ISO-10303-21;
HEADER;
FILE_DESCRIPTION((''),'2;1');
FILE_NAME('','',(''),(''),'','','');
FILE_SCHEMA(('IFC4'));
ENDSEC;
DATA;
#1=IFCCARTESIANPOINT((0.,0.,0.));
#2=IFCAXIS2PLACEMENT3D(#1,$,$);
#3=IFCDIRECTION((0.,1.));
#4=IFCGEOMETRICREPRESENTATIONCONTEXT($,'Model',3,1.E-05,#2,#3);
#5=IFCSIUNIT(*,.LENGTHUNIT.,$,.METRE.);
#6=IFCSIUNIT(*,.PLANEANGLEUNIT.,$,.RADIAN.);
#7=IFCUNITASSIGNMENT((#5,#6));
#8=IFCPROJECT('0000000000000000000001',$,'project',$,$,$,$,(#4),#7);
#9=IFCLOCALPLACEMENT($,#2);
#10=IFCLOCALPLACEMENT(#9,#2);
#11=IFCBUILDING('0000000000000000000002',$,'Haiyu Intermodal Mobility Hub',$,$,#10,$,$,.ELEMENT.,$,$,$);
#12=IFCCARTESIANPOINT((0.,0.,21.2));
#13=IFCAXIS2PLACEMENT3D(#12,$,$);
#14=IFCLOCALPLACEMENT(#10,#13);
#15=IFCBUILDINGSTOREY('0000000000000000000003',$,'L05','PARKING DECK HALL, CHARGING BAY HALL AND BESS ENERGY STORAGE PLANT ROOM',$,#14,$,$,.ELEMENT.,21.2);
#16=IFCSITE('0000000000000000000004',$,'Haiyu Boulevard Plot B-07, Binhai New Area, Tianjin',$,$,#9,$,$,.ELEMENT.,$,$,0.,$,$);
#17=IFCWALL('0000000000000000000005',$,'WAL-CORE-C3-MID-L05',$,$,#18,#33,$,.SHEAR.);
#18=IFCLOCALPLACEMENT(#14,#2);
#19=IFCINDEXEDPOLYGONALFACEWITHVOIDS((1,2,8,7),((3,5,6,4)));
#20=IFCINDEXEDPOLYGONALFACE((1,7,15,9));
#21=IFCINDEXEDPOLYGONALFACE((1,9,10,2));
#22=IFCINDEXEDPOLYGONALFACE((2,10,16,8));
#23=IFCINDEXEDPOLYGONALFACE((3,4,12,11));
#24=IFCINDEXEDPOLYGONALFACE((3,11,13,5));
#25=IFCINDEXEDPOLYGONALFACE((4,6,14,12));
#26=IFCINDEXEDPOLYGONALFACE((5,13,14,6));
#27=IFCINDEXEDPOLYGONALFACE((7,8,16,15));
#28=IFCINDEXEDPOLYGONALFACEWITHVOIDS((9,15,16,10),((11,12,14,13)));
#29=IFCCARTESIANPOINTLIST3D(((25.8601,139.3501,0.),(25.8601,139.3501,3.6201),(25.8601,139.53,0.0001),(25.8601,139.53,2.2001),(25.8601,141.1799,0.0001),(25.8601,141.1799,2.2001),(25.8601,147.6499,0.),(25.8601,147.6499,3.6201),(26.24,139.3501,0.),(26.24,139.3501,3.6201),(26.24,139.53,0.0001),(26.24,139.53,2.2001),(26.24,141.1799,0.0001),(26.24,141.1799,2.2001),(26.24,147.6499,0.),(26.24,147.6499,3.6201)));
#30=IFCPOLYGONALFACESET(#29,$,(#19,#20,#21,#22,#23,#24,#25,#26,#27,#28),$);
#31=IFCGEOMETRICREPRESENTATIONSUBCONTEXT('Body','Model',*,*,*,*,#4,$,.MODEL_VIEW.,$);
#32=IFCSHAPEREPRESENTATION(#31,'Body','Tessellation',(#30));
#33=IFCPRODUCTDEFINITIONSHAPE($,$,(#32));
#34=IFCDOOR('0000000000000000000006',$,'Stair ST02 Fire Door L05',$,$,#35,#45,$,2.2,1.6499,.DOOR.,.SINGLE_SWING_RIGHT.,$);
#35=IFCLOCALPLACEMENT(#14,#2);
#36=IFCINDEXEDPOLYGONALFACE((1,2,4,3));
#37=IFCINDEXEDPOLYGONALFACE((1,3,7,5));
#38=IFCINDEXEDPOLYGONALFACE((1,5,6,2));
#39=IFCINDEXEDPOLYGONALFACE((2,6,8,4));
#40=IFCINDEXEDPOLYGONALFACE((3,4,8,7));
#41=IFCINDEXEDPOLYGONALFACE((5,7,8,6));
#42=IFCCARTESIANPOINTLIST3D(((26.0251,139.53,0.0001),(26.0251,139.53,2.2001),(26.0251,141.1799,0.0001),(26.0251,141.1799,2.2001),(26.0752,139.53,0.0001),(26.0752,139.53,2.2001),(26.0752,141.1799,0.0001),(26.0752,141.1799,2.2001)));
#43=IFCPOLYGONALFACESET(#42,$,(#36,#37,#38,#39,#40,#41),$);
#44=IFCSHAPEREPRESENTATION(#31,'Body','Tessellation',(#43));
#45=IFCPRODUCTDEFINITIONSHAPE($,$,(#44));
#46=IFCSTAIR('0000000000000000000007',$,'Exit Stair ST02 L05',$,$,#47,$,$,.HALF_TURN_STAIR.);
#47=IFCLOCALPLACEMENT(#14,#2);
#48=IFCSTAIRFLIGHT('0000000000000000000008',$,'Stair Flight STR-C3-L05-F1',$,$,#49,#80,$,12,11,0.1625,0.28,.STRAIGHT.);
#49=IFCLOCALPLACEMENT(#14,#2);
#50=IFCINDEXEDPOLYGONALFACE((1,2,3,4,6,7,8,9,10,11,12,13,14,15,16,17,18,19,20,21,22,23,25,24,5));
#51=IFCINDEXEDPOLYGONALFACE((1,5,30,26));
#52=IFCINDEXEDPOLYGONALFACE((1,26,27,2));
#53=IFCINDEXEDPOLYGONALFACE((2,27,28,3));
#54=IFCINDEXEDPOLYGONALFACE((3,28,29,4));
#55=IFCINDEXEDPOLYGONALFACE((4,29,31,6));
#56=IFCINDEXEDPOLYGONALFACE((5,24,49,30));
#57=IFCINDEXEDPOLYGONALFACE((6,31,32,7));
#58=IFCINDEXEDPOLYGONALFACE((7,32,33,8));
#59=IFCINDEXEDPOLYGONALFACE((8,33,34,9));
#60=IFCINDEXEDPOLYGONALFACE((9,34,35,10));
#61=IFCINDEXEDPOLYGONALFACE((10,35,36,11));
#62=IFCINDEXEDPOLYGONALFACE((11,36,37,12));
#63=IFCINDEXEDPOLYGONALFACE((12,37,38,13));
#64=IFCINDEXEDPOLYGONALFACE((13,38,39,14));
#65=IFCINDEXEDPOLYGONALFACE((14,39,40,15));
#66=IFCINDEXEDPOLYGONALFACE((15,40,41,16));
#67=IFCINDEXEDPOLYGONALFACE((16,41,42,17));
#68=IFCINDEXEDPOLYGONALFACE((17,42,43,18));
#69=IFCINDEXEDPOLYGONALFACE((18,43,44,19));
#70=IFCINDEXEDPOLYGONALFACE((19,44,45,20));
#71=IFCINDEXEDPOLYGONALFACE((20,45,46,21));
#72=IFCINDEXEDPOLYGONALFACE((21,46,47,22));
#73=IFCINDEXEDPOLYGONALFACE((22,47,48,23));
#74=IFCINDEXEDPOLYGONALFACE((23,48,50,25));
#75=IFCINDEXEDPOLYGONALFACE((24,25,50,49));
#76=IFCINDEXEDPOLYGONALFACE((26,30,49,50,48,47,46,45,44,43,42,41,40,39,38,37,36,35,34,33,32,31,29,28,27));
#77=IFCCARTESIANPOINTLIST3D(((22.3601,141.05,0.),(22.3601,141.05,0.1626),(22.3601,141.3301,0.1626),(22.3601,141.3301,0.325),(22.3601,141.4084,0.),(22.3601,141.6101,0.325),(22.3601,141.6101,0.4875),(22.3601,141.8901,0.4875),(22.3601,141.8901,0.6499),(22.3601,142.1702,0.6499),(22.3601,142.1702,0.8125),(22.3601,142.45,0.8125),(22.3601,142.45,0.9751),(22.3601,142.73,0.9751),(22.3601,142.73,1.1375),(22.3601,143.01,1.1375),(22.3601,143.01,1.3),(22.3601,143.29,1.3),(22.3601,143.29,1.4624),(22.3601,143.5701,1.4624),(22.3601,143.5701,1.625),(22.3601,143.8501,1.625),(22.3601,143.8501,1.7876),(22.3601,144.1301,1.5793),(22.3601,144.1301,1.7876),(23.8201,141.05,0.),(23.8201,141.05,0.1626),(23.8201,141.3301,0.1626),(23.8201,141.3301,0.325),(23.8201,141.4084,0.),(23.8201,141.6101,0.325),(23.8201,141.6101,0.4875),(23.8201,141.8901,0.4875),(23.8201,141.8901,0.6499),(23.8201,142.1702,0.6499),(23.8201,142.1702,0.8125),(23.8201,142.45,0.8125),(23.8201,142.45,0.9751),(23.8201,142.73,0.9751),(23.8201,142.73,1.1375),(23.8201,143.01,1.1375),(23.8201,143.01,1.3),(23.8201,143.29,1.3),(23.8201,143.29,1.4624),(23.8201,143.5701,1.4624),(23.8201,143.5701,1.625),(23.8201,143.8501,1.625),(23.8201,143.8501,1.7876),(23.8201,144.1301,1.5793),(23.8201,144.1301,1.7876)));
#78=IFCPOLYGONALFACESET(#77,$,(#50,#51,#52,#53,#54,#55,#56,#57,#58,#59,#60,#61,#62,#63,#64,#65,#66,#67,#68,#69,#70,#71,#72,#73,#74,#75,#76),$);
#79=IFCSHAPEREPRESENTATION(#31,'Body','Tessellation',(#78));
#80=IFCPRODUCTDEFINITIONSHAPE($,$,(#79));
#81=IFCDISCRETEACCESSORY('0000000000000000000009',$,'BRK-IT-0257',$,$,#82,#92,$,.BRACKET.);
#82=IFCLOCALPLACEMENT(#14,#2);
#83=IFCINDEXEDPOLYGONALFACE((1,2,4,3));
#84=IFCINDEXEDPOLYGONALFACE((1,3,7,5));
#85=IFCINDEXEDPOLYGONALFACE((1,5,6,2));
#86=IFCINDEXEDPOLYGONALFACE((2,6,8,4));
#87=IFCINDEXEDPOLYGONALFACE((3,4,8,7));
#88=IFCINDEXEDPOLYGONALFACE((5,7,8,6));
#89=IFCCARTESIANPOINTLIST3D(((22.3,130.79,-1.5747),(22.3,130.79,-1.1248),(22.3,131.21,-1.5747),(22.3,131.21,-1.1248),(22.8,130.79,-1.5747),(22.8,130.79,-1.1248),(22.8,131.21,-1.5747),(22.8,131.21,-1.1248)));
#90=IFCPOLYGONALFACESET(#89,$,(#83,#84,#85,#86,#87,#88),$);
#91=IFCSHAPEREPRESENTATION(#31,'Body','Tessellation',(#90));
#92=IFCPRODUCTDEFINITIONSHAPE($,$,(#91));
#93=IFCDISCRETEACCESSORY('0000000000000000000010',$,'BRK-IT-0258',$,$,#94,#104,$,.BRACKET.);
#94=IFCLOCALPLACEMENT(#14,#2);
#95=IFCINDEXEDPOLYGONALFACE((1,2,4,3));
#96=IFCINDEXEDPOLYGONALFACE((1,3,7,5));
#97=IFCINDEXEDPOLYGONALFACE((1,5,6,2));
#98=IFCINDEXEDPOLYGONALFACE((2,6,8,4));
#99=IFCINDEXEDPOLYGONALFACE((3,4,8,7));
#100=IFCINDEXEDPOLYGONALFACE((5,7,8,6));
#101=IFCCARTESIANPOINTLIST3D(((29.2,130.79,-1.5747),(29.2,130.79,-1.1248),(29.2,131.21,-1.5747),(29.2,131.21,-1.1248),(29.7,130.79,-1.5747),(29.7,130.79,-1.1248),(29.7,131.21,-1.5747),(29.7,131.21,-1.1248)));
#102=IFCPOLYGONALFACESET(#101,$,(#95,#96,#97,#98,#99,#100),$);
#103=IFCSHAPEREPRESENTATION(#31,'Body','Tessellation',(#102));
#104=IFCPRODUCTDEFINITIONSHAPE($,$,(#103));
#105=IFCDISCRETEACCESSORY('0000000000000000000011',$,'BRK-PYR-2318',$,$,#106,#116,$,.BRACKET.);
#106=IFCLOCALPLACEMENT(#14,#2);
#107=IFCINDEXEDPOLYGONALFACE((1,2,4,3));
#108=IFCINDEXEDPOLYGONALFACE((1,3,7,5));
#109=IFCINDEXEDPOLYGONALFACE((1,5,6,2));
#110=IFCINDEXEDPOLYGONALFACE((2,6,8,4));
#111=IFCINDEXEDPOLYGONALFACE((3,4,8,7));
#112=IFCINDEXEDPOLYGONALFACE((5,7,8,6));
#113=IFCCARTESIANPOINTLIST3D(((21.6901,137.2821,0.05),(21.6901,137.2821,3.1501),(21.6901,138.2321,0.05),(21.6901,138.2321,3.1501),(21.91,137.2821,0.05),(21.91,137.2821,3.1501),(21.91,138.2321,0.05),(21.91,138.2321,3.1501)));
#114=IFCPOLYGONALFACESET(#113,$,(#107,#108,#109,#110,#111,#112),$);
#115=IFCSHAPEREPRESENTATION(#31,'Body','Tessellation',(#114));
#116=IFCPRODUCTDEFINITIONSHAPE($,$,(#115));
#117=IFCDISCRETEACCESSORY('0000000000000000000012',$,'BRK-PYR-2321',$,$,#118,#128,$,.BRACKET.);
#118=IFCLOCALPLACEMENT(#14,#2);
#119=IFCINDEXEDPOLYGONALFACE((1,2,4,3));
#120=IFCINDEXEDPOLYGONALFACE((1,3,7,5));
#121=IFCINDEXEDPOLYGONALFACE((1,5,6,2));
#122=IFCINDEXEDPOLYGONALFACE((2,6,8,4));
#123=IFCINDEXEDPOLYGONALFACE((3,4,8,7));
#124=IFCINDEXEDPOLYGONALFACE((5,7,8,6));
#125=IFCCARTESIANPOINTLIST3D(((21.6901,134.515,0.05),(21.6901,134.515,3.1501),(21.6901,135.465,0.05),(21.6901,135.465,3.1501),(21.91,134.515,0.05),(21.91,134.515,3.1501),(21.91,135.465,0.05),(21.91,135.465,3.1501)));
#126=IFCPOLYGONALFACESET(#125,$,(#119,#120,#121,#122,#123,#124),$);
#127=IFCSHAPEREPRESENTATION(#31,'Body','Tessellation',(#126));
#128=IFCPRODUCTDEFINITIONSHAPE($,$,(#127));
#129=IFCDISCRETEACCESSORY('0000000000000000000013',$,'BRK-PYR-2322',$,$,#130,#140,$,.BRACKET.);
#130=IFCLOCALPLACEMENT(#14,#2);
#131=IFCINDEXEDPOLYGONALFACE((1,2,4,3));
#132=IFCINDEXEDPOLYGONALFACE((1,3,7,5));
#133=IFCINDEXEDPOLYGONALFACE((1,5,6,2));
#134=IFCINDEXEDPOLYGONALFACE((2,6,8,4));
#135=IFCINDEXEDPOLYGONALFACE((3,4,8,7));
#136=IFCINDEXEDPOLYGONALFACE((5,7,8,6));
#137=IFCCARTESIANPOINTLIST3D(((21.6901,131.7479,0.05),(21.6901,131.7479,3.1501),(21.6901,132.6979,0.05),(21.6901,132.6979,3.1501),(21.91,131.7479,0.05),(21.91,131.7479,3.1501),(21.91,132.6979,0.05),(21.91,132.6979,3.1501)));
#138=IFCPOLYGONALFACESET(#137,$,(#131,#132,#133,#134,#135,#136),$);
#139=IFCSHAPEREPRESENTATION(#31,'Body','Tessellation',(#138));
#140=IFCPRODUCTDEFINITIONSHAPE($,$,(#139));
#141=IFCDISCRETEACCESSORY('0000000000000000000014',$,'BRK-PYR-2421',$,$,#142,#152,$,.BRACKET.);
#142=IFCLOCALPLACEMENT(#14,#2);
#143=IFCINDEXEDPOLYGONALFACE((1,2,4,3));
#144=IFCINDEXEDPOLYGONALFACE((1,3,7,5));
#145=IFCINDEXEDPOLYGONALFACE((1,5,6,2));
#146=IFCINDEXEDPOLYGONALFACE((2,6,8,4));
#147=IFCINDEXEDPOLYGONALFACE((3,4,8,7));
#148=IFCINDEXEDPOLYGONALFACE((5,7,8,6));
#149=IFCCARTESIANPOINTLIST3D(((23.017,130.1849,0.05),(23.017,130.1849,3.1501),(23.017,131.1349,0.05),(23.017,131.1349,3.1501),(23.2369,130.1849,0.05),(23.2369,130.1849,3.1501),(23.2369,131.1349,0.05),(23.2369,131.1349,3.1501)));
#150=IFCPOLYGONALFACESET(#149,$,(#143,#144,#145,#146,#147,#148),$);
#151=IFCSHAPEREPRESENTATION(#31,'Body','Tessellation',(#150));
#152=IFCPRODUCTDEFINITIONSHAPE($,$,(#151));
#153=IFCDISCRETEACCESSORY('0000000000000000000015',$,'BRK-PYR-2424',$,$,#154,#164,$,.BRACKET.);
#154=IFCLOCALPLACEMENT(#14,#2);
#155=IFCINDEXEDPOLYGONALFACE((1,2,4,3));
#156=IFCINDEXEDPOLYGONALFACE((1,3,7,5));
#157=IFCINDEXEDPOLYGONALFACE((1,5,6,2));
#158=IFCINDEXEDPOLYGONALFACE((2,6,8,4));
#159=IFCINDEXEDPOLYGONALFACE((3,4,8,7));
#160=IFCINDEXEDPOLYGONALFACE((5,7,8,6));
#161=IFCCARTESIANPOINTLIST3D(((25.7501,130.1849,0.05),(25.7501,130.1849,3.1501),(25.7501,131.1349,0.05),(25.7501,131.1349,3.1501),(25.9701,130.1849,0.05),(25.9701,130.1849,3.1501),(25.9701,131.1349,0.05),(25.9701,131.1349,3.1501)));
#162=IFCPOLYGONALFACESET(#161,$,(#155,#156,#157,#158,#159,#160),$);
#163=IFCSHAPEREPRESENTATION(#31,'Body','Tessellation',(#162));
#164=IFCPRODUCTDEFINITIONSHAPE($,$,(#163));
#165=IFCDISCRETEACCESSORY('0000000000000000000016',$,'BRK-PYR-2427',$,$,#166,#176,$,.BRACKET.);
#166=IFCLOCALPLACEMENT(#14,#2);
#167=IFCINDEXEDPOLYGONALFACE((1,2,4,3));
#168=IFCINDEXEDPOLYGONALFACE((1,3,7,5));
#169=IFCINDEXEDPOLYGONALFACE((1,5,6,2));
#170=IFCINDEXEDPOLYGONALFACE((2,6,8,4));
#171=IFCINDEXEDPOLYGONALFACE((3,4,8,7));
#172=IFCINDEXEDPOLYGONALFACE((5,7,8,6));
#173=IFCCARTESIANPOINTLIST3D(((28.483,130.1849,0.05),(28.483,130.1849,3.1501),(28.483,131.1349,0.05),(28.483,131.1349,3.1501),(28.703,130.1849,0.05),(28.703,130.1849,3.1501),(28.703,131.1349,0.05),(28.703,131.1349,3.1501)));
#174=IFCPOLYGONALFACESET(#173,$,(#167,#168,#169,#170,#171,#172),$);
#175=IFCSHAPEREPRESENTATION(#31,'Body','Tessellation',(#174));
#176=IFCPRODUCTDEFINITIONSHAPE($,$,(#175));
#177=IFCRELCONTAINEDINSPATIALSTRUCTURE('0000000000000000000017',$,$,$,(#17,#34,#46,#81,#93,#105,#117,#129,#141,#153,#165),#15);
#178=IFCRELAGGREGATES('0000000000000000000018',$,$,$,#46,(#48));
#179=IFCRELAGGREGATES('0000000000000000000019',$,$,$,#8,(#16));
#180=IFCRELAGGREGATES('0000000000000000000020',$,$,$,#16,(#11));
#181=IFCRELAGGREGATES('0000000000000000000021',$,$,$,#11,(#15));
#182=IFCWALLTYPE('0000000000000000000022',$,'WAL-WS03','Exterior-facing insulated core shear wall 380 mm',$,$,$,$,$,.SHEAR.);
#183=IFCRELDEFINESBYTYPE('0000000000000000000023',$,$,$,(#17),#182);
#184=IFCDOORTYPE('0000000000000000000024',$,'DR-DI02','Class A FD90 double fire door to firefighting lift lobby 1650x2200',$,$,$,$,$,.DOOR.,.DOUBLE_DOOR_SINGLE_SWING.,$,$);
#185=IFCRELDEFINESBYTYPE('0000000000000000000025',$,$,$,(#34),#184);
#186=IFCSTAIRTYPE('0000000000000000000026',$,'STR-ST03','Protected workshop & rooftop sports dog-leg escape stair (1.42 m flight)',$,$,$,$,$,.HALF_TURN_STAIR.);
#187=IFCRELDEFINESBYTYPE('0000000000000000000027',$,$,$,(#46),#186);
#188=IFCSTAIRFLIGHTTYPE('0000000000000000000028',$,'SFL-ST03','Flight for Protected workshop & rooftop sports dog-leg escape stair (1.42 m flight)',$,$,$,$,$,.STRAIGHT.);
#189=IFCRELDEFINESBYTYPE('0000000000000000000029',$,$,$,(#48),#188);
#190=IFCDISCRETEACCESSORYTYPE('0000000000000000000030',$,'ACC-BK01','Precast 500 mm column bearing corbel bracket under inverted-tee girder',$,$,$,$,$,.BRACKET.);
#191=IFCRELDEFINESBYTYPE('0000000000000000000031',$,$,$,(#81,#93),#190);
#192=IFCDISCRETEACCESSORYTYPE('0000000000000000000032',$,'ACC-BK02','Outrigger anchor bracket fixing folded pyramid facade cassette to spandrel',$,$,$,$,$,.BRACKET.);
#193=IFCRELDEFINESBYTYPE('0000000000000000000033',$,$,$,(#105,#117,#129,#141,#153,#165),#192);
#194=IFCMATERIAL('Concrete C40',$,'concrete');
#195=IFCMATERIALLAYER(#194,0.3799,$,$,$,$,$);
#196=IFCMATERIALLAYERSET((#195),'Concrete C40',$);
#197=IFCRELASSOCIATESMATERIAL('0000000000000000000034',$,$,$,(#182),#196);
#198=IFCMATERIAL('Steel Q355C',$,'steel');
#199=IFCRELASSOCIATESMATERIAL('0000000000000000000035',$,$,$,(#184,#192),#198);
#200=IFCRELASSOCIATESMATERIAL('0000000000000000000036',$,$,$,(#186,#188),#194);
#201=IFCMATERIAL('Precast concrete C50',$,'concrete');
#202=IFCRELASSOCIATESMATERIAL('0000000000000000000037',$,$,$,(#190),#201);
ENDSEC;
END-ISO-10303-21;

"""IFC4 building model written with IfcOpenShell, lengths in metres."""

from ifc_helpers import new_model, si_unit, direction, frame, frame_2d, origin, origin_2d, place, context, subcontext, project, spatial, polyline, rectangle, outline, extrude, material, layer, layer_set, type_object, element, fill, aggregate, save


model = new_model("IFC4")

# Units and contexts
model_context = context("Model", 3, precision=1e-05, world=origin(), true_north=direction((0.0, 1.0)))
body_context = subcontext(model_context, "Body", "Model", "MODEL_VIEW")
ifc_project = project(units=[si_unit("LENGTHUNIT", "METRE"), si_unit("PLANEANGLEUNIT", "RADIAN")], contexts=[model_context])

# Site, building, storey
site_placement = place(None, origin())
site = spatial("IfcSite", under=ifc_project, at=site_placement, Name="Haiyu Boulevard Plot B-07, Binhai New Area, Tianjin", CompositionType="ELEMENT", RefElevation=0.0)
building_placement = place(site_placement, origin())
building = spatial("IfcBuilding", under=site, at=building_placement, Name="Haiyu Intermodal Mobility Hub", CompositionType="ELEMENT")
storey_placement = place(building_placement, frame((0.0, 0.0, 21.2)))
storey = spatial("IfcBuildingStorey", under=building, at=storey_placement, Name="L05", Description="PARKING DECK HALL, CHARGING BAY HALL AND BESS ENERGY STORAGE PLANT ROOM", CompositionType="ELEMENT", Elevation=21.2)

# Shared definitions
ifc_material_1 = material(Name="Steel Q355C", Category="steel")

# Shared definitions
ifc_material_2 = material(Name="Precast concrete C50", Category="concrete")

# Wall, opening, door
ifc_material_3 = material(Name="Concrete C40", Category="concrete")
ifc_layer_1 = layer(ifc_material_3, 0.3799)
ifc_layer_set_1 = layer_set([ifc_layer_1], Name="Concrete C40")
wall_type = type_object("IfcWallType", Name="WAL-WS03", Description="Exterior-facing insulated core shear wall 380 mm", PredefinedType="SHEAR", material=ifc_layer_set_1)
wall_1_placement = place(storey_placement, frame((26.05, 139.3501, 0.0), z_axis=(0.0, 0.0, 1.0), x_axis=(0.0, 1.0, 0.0)))
wall_1 = element("IfcWall", 1, at=wall_1_placement, inside=storey, type_object=wall_type, Name="WAL-CORE-C3-MID-L05", PredefinedType="SHEAR", context=body_context, shape_type="SweptSolid", body=[
    extrude(rectangle(XDim=8.2998, YDim=0.3799, at=frame_2d((4.1499, 0.0))), origin(), (0.0, 0.0, 1.0), 3.6201),
])
opening_1_placement = place(wall_1_placement, frame((0.1799, 0.0, 0.0)))
opening_1 = element("IfcOpeningElement", 2, at=opening_1_placement, cuts=wall_1, PredefinedType="OPENING", context=body_context, shape_type="SweptSolid", body=[
    extrude(rectangle(XDim=1.6499, YDim=2.2, at=frame_2d((0.825, 1.1001))), frame((0.0, 0.2, 0.0), z_axis=(0.0, -1.0, 0.0), x_axis=(1.0, 0.0, 0.0)), (0.0, 0.0, 1.0), 0.3999),
])
door_type_1 = type_object("IfcDoorType", Name="DR-DI02", Description="Class A FD90 double fire door to firefighting lift lobby 1650x2200", OperationType="DOUBLE_DOOR_SINGLE_SWING", PredefinedType="DOOR", material=ifc_material_1)
door_1_placement = place(opening_1_placement, origin())
door_1 = element("IfcDoor", 3, at=door_1_placement, inside=storey, type_object=door_type_1, Name="Stair ST02 Fire Door L05", OperationType="SINGLE_SWING_RIGHT", OverallHeight=2.2, OverallWidth=1.6499, PredefinedType="DOOR", context=body_context, shape_type="SweptSolid", body=[
    extrude(rectangle(XDim=1.6499, YDim=2.2, at=frame_2d((0.825, 1.1001))), frame((0.0, 0.0249, 0.0), z_axis=(0.0, -1.0, 0.0), x_axis=(1.0, 0.0, 0.0)), (0.0, 0.0, 1.0), 0.05),
])
fill(opening_1, door_1)

# Stair, stair flight
stair_type = type_object("IfcStairType", Name="STR-ST03", Description="Protected workshop & rooftop sports dog-leg escape stair (1.42 m flight)", PredefinedType="HALF_TURN_STAIR", material=ifc_material_3)
stair_placement = place(storey_placement, origin())
stair = element("IfcStair", 4, at=stair_placement, inside=storey, type_object=stair_type, Name="Exit Stair ST02 L05", PredefinedType="HALF_TURN_STAIR")
stair_flight_type = type_object("IfcStairFlightType", Name="SFL-ST03", Description="Flight for Protected workshop & rooftop sports dog-leg escape stair (1.42 m flight)", PredefinedType="STRAIGHT", material=ifc_material_3)
stair_flight_placement = place(storey_placement, frame((23.0901, 141.05, 0.0), z_axis=(0.0, 0.0, 1.0), x_axis=(0.0, 1.0, 0.0)))
stair_flight = element("IfcStairFlight", 5, at=stair_flight_placement, type_object=stair_flight_type, Name="Stair Flight STR-C3-L05-F1", NumberOfRisers=12, NumberOfTreads=11, PredefinedType="STRAIGHT", RiserHeight=0.1625, TreadLength=0.28, context=body_context, shape_type="SweptSolid", body=[
    extrude(outline(polyline([(0.0, 0.0), (0.0, 0.1626), (0.28, 0.1626), (0.28, 0.325), (0.5601, 0.325), (0.5601, 0.4875), (0.8401, 0.4875), (0.8401, 0.6499), (1.1201, 0.6499), (1.1201, 0.8125), (1.3999, 0.8125), (1.3999, 0.9751), (1.6799, 0.9751), (1.6799, 1.1375), (1.96, 1.1375), (1.96, 1.3), (2.24, 1.3), (2.24, 1.4624), (2.52, 1.4624), (2.52, 1.625), (2.8, 1.625), (2.8, 1.7876), (3.0801, 1.7876), (3.0801, 1.95), (3.0801, 1.5793), (0.3584, 0.0), (0.0, 0.0)])), frame((0.0, 0.73, 0.0), z_axis=(0.0, -1.0, 0.0), x_axis=(1.0, 0.0, 0.0)), (0.0, 0.0, 1.0), 1.46),
])
aggregate(stair, [stair_flight])

# Discrete accessories
discrete_accessory_type_1 = type_object("IfcDiscreteAccessoryType", Name="ACC-BK01", Description="Precast 500 mm column bearing corbel bracket under inverted-tee girder", PredefinedType="BRACKET", material=ifc_material_2)
for number, where, z_axis, x_axis, name in (
    (6, (22.55, 131.0, -1.5747), (0.0, 0.0, 1.0), (1.0, 0.0, 0.0), "BRK-IT-0257"),
    (7, (29.45, 131.0, -1.5747), (0.0, 0.0, 1.0), (1.0, 0.0, 0.0), "BRK-IT-0258"),
):
    element("IfcDiscreteAccessory", number, at=place(storey_placement, frame(where, z_axis=z_axis, x_axis=x_axis)), inside=storey, type_object=discrete_accessory_type_1, Name=name, PredefinedType="BRACKET", context=body_context, shape_type="SweptSolid", body=[
        extrude(rectangle(XDim=0.5, YDim=0.4199, at=origin_2d()), origin(), (0.0, 0.0, 1.0), 0.45),
    ])
discrete_accessory_type_2 = type_object("IfcDiscreteAccessoryType", Name="ACC-BK02", Description="Outrigger anchor bracket fixing folded pyramid facade cassette to spandrel", PredefinedType="BRACKET", material=ifc_material_1)
for number, where, z_axis, x_axis, name in (
    (8, (21.8, 137.7571, 0.05), (0.0, 0.0, 1.0), (1.0, 0.0, 0.0), "BRK-PYR-2318"),
    (9, (21.8, 134.99, 0.05), (0.0, 0.0, 1.0), (1.0, 0.0, 0.0), "BRK-PYR-2321"),
    (10, (21.8, 132.2229, 0.05), (0.0, 0.0, 1.0), (1.0, 0.0, 0.0), "BRK-PYR-2322"),
    (11, (23.127, 130.6599, 0.05), (0.0, 0.0, 1.0), (1.0, 0.0, 0.0), "BRK-PYR-2421"),
    (12, (25.8601, 130.6599, 0.05), (0.0, 0.0, 1.0), (1.0, 0.0, 0.0), "BRK-PYR-2424"),
    (13, (28.593, 130.6599, 0.05), (0.0, 0.0, 1.0), (1.0, 0.0, 0.0), "BRK-PYR-2427"),
):
    element("IfcDiscreteAccessory", number, at=place(storey_placement, frame(where, z_axis=z_axis, x_axis=x_axis)), inside=storey, type_object=discrete_accessory_type_2, Name=name, PredefinedType="BRACKET", context=body_context, shape_type="SweptSolid", body=[
        extrude(rectangle(XDim=0.22, YDim=0.95, at=origin_2d()), origin(), (0.0, 0.0, 1.0), 3.1001),
    ])

save(model, "model.ifc")
